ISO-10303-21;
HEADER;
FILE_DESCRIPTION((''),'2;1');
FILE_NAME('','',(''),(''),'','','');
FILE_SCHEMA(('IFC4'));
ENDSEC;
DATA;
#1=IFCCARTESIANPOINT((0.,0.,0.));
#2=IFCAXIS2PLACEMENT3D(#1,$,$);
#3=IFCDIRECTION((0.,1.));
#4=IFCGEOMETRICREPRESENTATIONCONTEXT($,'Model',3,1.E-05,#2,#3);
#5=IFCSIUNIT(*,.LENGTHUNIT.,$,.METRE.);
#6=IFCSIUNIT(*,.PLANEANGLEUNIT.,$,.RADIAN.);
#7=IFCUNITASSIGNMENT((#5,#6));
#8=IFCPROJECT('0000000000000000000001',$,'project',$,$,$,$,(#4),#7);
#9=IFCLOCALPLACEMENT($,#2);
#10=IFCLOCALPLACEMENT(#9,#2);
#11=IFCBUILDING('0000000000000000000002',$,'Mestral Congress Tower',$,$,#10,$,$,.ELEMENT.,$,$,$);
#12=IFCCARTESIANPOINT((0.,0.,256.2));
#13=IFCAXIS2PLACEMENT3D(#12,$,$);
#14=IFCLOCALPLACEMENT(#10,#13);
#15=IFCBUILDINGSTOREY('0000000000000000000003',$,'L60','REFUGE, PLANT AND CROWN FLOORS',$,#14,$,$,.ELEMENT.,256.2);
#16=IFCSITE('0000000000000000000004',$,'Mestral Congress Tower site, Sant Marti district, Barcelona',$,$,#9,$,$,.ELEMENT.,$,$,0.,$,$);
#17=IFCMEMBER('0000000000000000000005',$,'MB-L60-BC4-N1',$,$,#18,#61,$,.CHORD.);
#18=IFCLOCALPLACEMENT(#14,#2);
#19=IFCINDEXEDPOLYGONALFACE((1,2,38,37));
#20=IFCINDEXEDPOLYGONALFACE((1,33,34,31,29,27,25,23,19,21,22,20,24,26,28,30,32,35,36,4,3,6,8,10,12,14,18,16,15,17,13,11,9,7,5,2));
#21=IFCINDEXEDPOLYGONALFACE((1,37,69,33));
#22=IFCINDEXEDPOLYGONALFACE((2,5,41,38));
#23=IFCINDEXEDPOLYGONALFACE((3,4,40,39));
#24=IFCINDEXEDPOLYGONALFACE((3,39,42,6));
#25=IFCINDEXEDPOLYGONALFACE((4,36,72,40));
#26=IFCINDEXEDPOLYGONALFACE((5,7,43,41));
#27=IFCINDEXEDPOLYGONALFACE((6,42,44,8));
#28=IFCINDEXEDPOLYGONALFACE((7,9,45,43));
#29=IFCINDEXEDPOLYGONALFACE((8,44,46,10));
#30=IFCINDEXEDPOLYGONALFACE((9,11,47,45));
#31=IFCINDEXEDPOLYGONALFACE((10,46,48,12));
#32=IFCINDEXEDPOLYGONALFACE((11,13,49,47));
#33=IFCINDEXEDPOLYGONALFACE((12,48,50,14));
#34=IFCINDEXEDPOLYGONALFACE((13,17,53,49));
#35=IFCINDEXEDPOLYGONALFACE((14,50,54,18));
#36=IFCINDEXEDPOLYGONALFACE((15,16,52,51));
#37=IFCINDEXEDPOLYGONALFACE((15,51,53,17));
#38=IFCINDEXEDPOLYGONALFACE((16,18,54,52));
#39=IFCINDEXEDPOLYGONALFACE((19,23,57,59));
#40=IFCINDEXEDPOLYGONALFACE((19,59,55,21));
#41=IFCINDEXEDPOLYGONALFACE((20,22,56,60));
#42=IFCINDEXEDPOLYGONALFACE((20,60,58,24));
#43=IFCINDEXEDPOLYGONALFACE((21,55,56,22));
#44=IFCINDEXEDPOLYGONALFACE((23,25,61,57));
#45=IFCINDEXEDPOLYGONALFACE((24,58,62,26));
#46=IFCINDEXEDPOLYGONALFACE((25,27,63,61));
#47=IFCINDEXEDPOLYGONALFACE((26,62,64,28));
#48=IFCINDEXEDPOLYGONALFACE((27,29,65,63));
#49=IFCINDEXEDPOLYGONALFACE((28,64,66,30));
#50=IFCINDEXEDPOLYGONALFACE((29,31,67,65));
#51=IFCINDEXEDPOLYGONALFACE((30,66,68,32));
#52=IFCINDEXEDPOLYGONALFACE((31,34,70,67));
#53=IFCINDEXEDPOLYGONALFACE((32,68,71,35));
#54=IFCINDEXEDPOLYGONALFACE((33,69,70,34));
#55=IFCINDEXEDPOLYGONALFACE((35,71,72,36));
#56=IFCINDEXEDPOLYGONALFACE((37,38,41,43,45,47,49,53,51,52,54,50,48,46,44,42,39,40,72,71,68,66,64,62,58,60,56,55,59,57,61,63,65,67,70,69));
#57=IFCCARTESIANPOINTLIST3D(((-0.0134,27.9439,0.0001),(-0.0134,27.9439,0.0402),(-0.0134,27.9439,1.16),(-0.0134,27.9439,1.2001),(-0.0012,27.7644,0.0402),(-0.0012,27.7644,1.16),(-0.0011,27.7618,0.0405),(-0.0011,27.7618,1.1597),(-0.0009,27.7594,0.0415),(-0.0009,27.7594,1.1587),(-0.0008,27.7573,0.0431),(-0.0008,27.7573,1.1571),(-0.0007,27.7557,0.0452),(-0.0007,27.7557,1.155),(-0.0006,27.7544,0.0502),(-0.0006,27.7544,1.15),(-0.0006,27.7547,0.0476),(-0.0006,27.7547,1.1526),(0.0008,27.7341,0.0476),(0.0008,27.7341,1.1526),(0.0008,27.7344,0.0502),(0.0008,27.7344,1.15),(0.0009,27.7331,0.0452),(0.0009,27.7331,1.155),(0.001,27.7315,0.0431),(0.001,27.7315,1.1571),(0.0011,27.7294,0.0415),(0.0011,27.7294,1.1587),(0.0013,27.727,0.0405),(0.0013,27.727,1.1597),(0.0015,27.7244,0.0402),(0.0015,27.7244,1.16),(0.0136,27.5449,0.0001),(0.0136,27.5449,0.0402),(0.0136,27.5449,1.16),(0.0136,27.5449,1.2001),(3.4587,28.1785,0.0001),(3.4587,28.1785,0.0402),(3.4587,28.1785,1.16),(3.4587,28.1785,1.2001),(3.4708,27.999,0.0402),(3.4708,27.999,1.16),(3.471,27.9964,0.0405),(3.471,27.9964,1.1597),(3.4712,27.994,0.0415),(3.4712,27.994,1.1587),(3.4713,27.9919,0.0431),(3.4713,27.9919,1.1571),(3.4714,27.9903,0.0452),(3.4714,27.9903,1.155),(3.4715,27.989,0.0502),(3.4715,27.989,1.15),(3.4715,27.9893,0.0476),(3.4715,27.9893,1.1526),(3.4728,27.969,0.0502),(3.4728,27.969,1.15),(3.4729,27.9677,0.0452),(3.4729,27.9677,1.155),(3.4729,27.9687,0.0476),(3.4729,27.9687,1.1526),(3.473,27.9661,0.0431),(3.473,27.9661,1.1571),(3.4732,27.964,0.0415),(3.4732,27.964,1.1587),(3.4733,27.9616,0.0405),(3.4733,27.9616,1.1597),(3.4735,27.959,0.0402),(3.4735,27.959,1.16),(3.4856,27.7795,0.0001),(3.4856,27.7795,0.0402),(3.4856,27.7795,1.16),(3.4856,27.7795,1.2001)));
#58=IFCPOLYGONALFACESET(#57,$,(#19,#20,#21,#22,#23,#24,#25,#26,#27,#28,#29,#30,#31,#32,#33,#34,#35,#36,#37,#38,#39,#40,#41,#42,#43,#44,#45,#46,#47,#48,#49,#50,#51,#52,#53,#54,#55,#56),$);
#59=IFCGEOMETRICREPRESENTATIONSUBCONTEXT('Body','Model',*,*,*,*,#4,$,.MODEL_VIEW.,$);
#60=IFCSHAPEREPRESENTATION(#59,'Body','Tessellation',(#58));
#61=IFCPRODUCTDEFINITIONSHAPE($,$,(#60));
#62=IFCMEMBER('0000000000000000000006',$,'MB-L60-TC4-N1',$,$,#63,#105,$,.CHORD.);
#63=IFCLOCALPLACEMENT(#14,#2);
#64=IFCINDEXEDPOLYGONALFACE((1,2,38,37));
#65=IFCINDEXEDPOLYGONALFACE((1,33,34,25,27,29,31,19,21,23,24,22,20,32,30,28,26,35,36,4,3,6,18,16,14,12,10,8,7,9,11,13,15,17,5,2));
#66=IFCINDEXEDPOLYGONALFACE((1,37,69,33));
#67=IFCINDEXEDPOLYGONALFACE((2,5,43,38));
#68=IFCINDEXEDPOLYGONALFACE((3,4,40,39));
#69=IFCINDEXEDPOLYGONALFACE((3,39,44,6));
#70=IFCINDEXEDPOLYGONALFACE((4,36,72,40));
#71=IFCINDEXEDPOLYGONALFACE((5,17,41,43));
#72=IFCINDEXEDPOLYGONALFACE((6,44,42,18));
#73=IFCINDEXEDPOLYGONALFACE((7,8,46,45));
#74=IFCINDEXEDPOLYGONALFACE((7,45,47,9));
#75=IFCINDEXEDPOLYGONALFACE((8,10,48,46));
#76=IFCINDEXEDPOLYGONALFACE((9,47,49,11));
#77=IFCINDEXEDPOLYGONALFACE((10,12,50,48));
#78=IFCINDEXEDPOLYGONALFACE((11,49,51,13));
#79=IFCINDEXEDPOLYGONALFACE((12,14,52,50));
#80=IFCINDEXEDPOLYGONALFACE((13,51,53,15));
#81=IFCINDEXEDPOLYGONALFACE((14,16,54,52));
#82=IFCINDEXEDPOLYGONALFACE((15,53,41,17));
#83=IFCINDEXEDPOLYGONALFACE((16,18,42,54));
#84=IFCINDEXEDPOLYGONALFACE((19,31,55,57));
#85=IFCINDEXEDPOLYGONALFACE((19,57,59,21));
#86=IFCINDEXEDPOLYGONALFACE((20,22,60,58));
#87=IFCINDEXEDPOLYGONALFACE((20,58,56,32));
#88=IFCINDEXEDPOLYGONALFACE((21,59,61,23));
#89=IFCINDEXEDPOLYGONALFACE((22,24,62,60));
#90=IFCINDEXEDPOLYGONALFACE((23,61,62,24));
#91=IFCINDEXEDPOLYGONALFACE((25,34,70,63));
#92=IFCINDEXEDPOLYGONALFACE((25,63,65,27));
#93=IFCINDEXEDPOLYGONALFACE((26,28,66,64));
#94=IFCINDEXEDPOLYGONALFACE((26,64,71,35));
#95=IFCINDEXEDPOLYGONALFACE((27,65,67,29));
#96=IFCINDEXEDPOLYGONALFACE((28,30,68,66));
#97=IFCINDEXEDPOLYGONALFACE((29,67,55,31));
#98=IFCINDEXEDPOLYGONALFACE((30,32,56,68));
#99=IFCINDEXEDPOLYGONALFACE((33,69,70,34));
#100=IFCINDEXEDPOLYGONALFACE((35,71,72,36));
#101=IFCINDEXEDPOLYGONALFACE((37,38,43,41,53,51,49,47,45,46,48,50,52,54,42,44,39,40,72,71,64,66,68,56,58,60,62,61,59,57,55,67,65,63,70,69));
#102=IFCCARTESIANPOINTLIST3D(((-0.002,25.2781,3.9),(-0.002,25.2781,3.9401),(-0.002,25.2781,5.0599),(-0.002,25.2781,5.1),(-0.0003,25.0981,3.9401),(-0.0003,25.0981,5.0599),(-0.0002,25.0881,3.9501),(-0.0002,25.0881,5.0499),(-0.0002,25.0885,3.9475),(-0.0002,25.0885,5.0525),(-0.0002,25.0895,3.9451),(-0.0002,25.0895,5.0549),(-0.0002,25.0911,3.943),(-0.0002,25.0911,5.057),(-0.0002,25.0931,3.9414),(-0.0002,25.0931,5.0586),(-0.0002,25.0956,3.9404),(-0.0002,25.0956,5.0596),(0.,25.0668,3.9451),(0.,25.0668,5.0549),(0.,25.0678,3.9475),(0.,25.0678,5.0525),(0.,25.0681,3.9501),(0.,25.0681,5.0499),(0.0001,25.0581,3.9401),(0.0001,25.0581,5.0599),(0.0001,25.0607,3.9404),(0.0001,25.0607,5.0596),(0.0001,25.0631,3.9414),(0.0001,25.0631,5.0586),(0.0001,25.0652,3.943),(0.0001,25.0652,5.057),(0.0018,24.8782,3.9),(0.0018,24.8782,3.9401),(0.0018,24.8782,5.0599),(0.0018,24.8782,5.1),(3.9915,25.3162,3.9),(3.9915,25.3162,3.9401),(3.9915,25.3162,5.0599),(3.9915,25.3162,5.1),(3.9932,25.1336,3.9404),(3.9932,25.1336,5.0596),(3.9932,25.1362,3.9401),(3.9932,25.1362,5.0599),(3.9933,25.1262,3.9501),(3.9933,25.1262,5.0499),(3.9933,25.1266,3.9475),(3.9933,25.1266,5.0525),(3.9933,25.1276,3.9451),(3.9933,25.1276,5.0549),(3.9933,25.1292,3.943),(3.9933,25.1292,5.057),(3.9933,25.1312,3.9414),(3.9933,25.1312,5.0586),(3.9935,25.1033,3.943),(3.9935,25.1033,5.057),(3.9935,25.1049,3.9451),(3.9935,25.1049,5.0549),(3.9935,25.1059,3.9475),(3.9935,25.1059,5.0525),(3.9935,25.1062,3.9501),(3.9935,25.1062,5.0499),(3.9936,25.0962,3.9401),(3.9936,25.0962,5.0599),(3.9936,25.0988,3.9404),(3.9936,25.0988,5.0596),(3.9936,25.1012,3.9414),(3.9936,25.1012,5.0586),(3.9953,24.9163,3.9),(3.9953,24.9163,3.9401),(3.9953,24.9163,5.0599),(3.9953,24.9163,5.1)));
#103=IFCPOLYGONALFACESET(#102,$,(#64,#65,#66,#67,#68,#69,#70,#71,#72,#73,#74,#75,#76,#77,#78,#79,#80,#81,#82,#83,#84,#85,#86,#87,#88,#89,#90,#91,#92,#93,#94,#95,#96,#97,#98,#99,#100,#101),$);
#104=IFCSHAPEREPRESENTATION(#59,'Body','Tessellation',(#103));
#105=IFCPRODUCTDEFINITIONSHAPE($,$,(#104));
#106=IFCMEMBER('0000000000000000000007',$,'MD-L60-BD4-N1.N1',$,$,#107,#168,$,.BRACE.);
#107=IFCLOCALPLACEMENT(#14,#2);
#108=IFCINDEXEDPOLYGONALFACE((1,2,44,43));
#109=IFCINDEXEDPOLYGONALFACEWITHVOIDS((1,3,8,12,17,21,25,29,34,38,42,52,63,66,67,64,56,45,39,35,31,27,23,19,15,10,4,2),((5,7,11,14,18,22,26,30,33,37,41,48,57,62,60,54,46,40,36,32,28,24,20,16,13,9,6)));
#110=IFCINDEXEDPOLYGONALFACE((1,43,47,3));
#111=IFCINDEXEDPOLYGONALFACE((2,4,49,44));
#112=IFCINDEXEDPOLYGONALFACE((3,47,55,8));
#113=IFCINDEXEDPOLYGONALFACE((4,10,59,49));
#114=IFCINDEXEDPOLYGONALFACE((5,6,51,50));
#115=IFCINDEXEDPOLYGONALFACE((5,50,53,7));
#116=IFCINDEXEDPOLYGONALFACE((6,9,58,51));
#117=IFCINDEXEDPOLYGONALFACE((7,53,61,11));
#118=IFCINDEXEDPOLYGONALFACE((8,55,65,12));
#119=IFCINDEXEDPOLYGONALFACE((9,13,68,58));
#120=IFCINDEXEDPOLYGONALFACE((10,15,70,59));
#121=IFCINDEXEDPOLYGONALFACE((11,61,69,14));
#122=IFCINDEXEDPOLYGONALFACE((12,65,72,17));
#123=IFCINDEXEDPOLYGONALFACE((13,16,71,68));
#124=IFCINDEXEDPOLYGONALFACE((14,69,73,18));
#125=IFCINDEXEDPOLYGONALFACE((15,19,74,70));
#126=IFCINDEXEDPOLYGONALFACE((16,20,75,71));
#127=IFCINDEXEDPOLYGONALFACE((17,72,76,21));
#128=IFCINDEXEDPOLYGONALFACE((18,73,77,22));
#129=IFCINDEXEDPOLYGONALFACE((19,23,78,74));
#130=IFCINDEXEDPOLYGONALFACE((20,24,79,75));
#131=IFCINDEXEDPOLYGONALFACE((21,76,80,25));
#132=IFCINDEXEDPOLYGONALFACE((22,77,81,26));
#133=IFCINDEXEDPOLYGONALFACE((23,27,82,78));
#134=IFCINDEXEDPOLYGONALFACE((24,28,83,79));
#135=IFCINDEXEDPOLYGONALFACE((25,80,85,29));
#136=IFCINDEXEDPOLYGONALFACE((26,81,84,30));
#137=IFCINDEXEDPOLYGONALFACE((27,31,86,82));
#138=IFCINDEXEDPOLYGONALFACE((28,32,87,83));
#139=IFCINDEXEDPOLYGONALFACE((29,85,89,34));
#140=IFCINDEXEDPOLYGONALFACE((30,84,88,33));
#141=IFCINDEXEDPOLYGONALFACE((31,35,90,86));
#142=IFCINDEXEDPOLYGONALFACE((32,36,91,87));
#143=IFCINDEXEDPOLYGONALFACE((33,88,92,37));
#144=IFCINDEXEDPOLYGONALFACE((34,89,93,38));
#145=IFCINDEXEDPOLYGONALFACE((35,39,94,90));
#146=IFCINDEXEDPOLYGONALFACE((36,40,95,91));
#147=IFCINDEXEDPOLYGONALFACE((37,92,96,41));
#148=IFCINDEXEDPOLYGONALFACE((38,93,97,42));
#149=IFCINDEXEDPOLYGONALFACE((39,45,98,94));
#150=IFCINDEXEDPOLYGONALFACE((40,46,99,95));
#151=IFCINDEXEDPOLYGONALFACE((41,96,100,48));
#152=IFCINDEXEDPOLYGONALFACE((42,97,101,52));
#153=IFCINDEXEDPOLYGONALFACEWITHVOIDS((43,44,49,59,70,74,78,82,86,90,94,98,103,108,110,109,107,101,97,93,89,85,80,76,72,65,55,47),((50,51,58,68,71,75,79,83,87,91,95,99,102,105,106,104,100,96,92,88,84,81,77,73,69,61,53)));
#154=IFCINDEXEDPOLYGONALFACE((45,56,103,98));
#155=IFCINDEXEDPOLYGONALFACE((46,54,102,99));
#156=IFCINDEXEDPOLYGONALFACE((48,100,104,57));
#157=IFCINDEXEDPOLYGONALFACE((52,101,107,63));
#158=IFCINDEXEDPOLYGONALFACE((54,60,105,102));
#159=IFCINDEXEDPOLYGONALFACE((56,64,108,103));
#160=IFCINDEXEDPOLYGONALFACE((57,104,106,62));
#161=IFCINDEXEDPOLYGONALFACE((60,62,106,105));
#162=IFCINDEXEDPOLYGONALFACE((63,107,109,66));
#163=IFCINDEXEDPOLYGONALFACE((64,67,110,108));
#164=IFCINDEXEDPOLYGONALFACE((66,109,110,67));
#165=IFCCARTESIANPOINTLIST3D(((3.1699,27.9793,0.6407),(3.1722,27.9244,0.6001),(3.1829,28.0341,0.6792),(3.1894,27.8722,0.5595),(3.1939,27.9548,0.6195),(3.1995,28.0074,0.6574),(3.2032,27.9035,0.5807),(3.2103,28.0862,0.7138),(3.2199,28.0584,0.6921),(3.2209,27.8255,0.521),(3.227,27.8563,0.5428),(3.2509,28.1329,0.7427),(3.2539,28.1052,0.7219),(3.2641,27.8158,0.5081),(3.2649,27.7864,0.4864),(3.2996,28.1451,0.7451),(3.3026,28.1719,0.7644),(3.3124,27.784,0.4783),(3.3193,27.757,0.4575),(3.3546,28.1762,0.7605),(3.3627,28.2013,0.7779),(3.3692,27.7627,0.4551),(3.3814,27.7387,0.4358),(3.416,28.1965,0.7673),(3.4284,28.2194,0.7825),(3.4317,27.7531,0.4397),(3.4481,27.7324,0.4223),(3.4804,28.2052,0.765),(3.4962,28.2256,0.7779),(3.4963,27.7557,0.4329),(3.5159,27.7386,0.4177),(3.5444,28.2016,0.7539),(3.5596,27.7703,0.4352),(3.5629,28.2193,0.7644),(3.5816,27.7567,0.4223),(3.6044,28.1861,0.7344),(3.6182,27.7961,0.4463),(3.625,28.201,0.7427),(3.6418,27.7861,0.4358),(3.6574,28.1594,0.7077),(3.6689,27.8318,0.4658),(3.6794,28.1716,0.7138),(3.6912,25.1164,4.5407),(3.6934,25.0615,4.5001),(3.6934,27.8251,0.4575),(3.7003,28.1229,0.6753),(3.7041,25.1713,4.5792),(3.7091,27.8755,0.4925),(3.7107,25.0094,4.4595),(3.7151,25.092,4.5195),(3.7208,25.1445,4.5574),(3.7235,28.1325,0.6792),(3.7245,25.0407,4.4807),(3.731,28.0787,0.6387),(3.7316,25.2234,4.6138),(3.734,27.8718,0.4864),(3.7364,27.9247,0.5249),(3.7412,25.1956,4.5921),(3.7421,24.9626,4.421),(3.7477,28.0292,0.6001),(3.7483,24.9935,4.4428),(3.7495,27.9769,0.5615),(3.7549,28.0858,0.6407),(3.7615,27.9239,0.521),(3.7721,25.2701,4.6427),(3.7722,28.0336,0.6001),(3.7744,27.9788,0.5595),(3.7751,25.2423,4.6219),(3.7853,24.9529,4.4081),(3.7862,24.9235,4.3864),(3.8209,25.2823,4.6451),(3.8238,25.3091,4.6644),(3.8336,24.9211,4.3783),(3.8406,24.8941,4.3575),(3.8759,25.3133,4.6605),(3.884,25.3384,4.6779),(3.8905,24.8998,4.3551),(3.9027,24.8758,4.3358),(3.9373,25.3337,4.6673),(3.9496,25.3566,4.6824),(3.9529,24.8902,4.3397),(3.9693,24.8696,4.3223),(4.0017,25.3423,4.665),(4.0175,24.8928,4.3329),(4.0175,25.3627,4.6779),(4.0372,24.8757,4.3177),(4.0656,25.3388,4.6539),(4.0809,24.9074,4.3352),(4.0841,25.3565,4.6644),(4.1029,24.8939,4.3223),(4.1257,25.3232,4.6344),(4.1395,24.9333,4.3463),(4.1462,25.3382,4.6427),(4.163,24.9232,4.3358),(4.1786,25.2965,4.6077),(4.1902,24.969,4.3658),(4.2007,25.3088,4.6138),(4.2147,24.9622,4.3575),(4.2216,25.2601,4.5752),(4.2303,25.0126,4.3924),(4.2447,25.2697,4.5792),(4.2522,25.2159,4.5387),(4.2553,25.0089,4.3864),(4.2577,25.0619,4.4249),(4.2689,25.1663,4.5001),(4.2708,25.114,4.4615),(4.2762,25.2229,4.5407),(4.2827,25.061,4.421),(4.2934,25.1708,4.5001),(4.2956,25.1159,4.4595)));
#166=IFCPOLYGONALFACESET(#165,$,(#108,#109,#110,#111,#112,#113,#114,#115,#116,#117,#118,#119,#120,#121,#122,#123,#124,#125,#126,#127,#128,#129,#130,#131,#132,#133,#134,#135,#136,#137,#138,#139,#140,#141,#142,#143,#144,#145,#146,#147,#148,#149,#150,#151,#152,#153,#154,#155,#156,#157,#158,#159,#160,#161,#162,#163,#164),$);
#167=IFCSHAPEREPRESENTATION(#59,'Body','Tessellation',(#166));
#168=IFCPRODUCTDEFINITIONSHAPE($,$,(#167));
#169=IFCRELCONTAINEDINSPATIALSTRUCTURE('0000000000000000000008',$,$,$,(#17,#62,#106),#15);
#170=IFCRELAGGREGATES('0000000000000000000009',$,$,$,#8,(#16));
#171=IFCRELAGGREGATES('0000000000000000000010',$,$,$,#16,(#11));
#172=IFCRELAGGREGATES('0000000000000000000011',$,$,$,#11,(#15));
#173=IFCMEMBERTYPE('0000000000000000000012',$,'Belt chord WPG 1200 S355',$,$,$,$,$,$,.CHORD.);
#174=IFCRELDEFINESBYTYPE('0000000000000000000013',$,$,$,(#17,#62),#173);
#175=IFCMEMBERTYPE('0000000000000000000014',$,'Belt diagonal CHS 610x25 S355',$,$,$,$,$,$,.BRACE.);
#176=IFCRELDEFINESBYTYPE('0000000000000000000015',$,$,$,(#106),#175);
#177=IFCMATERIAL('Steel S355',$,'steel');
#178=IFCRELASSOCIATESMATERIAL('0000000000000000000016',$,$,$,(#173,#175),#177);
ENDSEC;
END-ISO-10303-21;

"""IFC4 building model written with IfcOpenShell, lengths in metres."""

from ifc_helpers import new_model, si_unit, direction, frame, origin, origin_2d, place, context, subcontext, project, spatial, hollow_circle, i_section, extrude, material, material_profile, profile_set, type_object, element, save


model = new_model("IFC4")

# Units and contexts
model_context = context("Model", 3, precision=1e-05, world=origin(), true_north=direction((0.0, 1.0)))
body_context = subcontext(model_context, "Body", "Model", "MODEL_VIEW")
ifc_project = project(units=[si_unit("LENGTHUNIT", "METRE"), si_unit("PLANEANGLEUNIT", "RADIAN")], contexts=[model_context])

# Site, building, storey
site_placement = place(None, origin())
site = spatial("IfcSite", under=ifc_project, at=site_placement, Name="Mestral Congress Tower site, Sant Marti district, Barcelona", CompositionType="ELEMENT", RefElevation=0.0)
building_placement = place(site_placement, origin())
building = spatial("IfcBuilding", under=site, at=building_placement, Name="Mestral Congress Tower", CompositionType="ELEMENT")
storey_placement = place(building_placement, frame((0.0, 0.0, 256.2)))
storey = spatial("IfcBuildingStorey", under=building, at=storey_placement, Name="L60", Description="REFUGE, PLANT AND CROWN FLOORS", CompositionType="ELEMENT", Elevation=256.2)

# Members
ifc_material_1 = material(Name="Steel S355", Category="steel")
ifc_material_profile_1 = material_profile(ifc_material_1, i_section(OverallWidth=0.3999, OverallDepth=1.2, WebThickness=0.02, FlangeThickness=0.04, FilletRadius=0.01, at=origin_2d()), Name="WPG 1200")
ifc_profile_set_1 = profile_set([ifc_material_profile_1], Name="Steel S355")
member_type_1 = type_object("IfcMemberType", Name="Belt chord WPG 1200 S355", PredefinedType="CHORD", material=ifc_profile_set_1)
member_1_placement = place(storey_placement, frame((3.4722, 27.979, 0.6001), z_axis=(-0.997725, -0.067418, 0.0), x_axis=(0.067418, -0.997725, 0.0)))
element("IfcMember", 1, at=member_1_placement, inside=storey, type_object=member_type_1, Name="MB-L60-BC4-N1", PredefinedType="CHORD", context=body_context, shape_type="SweptSolid", body=[
    extrude(i_section(OverallWidth=0.3999, OverallDepth=1.2, WebThickness=0.02, FlangeThickness=0.04, FilletRadius=0.01, at=origin_2d()), origin(), (0.0, 0.0, 1.0), 3.48),
])
member_2_placement = place(storey_placement, frame((3.9934, 25.1162, 4.5), z_axis=(-0.999955, -0.009537, 0.0), x_axis=(0.009537, -0.999955, 0.0)))
element("IfcMember", 2, at=member_2_placement, inside=storey, type_object=member_type_1, Name="MB-L60-TC4-N1", PredefinedType="CHORD", context=body_context, shape_type="SweptSolid", body=[
    extrude(i_section(OverallWidth=0.3999, OverallDepth=1.2, WebThickness=0.02, FlangeThickness=0.04, FilletRadius=0.01, at=origin_2d()), origin(), (0.0, 0.0, 1.0), 3.9937),
])
ifc_material_profile_2 = material_profile(ifc_material_1, hollow_circle(Radius=0.3049, WallThickness=0.0249, at=origin_2d()), Name="CHS 610x25")
ifc_profile_set_2 = profile_set([ifc_material_profile_2], Name="Steel S355")
member_type_2 = type_object("IfcMemberType", Name="Belt diagonal CHS 610x25 S355", PredefinedType="BRACE", material=ifc_profile_set_2)
member_3_placement = place(storey_placement, frame((3.4722, 27.979, 0.6001), z_axis=(0.107122, -0.588344, 0.801484), x_axis=(0.983826, 0.179129, 0.0)))
element("IfcMember", 3, at=member_3_placement, inside=storey, type_object=member_type_2, Name="MD-L60-BD4-N1.N1", PredefinedType="BRACE", context=body_context, shape_type="SweptSolid", body=[
    extrude(hollow_circle(Radius=0.3049, WallThickness=0.0249, at=origin_2d()), origin(), (0.0, 0.0, 1.0), 4.866),
])

save(model, "model.ifc")
